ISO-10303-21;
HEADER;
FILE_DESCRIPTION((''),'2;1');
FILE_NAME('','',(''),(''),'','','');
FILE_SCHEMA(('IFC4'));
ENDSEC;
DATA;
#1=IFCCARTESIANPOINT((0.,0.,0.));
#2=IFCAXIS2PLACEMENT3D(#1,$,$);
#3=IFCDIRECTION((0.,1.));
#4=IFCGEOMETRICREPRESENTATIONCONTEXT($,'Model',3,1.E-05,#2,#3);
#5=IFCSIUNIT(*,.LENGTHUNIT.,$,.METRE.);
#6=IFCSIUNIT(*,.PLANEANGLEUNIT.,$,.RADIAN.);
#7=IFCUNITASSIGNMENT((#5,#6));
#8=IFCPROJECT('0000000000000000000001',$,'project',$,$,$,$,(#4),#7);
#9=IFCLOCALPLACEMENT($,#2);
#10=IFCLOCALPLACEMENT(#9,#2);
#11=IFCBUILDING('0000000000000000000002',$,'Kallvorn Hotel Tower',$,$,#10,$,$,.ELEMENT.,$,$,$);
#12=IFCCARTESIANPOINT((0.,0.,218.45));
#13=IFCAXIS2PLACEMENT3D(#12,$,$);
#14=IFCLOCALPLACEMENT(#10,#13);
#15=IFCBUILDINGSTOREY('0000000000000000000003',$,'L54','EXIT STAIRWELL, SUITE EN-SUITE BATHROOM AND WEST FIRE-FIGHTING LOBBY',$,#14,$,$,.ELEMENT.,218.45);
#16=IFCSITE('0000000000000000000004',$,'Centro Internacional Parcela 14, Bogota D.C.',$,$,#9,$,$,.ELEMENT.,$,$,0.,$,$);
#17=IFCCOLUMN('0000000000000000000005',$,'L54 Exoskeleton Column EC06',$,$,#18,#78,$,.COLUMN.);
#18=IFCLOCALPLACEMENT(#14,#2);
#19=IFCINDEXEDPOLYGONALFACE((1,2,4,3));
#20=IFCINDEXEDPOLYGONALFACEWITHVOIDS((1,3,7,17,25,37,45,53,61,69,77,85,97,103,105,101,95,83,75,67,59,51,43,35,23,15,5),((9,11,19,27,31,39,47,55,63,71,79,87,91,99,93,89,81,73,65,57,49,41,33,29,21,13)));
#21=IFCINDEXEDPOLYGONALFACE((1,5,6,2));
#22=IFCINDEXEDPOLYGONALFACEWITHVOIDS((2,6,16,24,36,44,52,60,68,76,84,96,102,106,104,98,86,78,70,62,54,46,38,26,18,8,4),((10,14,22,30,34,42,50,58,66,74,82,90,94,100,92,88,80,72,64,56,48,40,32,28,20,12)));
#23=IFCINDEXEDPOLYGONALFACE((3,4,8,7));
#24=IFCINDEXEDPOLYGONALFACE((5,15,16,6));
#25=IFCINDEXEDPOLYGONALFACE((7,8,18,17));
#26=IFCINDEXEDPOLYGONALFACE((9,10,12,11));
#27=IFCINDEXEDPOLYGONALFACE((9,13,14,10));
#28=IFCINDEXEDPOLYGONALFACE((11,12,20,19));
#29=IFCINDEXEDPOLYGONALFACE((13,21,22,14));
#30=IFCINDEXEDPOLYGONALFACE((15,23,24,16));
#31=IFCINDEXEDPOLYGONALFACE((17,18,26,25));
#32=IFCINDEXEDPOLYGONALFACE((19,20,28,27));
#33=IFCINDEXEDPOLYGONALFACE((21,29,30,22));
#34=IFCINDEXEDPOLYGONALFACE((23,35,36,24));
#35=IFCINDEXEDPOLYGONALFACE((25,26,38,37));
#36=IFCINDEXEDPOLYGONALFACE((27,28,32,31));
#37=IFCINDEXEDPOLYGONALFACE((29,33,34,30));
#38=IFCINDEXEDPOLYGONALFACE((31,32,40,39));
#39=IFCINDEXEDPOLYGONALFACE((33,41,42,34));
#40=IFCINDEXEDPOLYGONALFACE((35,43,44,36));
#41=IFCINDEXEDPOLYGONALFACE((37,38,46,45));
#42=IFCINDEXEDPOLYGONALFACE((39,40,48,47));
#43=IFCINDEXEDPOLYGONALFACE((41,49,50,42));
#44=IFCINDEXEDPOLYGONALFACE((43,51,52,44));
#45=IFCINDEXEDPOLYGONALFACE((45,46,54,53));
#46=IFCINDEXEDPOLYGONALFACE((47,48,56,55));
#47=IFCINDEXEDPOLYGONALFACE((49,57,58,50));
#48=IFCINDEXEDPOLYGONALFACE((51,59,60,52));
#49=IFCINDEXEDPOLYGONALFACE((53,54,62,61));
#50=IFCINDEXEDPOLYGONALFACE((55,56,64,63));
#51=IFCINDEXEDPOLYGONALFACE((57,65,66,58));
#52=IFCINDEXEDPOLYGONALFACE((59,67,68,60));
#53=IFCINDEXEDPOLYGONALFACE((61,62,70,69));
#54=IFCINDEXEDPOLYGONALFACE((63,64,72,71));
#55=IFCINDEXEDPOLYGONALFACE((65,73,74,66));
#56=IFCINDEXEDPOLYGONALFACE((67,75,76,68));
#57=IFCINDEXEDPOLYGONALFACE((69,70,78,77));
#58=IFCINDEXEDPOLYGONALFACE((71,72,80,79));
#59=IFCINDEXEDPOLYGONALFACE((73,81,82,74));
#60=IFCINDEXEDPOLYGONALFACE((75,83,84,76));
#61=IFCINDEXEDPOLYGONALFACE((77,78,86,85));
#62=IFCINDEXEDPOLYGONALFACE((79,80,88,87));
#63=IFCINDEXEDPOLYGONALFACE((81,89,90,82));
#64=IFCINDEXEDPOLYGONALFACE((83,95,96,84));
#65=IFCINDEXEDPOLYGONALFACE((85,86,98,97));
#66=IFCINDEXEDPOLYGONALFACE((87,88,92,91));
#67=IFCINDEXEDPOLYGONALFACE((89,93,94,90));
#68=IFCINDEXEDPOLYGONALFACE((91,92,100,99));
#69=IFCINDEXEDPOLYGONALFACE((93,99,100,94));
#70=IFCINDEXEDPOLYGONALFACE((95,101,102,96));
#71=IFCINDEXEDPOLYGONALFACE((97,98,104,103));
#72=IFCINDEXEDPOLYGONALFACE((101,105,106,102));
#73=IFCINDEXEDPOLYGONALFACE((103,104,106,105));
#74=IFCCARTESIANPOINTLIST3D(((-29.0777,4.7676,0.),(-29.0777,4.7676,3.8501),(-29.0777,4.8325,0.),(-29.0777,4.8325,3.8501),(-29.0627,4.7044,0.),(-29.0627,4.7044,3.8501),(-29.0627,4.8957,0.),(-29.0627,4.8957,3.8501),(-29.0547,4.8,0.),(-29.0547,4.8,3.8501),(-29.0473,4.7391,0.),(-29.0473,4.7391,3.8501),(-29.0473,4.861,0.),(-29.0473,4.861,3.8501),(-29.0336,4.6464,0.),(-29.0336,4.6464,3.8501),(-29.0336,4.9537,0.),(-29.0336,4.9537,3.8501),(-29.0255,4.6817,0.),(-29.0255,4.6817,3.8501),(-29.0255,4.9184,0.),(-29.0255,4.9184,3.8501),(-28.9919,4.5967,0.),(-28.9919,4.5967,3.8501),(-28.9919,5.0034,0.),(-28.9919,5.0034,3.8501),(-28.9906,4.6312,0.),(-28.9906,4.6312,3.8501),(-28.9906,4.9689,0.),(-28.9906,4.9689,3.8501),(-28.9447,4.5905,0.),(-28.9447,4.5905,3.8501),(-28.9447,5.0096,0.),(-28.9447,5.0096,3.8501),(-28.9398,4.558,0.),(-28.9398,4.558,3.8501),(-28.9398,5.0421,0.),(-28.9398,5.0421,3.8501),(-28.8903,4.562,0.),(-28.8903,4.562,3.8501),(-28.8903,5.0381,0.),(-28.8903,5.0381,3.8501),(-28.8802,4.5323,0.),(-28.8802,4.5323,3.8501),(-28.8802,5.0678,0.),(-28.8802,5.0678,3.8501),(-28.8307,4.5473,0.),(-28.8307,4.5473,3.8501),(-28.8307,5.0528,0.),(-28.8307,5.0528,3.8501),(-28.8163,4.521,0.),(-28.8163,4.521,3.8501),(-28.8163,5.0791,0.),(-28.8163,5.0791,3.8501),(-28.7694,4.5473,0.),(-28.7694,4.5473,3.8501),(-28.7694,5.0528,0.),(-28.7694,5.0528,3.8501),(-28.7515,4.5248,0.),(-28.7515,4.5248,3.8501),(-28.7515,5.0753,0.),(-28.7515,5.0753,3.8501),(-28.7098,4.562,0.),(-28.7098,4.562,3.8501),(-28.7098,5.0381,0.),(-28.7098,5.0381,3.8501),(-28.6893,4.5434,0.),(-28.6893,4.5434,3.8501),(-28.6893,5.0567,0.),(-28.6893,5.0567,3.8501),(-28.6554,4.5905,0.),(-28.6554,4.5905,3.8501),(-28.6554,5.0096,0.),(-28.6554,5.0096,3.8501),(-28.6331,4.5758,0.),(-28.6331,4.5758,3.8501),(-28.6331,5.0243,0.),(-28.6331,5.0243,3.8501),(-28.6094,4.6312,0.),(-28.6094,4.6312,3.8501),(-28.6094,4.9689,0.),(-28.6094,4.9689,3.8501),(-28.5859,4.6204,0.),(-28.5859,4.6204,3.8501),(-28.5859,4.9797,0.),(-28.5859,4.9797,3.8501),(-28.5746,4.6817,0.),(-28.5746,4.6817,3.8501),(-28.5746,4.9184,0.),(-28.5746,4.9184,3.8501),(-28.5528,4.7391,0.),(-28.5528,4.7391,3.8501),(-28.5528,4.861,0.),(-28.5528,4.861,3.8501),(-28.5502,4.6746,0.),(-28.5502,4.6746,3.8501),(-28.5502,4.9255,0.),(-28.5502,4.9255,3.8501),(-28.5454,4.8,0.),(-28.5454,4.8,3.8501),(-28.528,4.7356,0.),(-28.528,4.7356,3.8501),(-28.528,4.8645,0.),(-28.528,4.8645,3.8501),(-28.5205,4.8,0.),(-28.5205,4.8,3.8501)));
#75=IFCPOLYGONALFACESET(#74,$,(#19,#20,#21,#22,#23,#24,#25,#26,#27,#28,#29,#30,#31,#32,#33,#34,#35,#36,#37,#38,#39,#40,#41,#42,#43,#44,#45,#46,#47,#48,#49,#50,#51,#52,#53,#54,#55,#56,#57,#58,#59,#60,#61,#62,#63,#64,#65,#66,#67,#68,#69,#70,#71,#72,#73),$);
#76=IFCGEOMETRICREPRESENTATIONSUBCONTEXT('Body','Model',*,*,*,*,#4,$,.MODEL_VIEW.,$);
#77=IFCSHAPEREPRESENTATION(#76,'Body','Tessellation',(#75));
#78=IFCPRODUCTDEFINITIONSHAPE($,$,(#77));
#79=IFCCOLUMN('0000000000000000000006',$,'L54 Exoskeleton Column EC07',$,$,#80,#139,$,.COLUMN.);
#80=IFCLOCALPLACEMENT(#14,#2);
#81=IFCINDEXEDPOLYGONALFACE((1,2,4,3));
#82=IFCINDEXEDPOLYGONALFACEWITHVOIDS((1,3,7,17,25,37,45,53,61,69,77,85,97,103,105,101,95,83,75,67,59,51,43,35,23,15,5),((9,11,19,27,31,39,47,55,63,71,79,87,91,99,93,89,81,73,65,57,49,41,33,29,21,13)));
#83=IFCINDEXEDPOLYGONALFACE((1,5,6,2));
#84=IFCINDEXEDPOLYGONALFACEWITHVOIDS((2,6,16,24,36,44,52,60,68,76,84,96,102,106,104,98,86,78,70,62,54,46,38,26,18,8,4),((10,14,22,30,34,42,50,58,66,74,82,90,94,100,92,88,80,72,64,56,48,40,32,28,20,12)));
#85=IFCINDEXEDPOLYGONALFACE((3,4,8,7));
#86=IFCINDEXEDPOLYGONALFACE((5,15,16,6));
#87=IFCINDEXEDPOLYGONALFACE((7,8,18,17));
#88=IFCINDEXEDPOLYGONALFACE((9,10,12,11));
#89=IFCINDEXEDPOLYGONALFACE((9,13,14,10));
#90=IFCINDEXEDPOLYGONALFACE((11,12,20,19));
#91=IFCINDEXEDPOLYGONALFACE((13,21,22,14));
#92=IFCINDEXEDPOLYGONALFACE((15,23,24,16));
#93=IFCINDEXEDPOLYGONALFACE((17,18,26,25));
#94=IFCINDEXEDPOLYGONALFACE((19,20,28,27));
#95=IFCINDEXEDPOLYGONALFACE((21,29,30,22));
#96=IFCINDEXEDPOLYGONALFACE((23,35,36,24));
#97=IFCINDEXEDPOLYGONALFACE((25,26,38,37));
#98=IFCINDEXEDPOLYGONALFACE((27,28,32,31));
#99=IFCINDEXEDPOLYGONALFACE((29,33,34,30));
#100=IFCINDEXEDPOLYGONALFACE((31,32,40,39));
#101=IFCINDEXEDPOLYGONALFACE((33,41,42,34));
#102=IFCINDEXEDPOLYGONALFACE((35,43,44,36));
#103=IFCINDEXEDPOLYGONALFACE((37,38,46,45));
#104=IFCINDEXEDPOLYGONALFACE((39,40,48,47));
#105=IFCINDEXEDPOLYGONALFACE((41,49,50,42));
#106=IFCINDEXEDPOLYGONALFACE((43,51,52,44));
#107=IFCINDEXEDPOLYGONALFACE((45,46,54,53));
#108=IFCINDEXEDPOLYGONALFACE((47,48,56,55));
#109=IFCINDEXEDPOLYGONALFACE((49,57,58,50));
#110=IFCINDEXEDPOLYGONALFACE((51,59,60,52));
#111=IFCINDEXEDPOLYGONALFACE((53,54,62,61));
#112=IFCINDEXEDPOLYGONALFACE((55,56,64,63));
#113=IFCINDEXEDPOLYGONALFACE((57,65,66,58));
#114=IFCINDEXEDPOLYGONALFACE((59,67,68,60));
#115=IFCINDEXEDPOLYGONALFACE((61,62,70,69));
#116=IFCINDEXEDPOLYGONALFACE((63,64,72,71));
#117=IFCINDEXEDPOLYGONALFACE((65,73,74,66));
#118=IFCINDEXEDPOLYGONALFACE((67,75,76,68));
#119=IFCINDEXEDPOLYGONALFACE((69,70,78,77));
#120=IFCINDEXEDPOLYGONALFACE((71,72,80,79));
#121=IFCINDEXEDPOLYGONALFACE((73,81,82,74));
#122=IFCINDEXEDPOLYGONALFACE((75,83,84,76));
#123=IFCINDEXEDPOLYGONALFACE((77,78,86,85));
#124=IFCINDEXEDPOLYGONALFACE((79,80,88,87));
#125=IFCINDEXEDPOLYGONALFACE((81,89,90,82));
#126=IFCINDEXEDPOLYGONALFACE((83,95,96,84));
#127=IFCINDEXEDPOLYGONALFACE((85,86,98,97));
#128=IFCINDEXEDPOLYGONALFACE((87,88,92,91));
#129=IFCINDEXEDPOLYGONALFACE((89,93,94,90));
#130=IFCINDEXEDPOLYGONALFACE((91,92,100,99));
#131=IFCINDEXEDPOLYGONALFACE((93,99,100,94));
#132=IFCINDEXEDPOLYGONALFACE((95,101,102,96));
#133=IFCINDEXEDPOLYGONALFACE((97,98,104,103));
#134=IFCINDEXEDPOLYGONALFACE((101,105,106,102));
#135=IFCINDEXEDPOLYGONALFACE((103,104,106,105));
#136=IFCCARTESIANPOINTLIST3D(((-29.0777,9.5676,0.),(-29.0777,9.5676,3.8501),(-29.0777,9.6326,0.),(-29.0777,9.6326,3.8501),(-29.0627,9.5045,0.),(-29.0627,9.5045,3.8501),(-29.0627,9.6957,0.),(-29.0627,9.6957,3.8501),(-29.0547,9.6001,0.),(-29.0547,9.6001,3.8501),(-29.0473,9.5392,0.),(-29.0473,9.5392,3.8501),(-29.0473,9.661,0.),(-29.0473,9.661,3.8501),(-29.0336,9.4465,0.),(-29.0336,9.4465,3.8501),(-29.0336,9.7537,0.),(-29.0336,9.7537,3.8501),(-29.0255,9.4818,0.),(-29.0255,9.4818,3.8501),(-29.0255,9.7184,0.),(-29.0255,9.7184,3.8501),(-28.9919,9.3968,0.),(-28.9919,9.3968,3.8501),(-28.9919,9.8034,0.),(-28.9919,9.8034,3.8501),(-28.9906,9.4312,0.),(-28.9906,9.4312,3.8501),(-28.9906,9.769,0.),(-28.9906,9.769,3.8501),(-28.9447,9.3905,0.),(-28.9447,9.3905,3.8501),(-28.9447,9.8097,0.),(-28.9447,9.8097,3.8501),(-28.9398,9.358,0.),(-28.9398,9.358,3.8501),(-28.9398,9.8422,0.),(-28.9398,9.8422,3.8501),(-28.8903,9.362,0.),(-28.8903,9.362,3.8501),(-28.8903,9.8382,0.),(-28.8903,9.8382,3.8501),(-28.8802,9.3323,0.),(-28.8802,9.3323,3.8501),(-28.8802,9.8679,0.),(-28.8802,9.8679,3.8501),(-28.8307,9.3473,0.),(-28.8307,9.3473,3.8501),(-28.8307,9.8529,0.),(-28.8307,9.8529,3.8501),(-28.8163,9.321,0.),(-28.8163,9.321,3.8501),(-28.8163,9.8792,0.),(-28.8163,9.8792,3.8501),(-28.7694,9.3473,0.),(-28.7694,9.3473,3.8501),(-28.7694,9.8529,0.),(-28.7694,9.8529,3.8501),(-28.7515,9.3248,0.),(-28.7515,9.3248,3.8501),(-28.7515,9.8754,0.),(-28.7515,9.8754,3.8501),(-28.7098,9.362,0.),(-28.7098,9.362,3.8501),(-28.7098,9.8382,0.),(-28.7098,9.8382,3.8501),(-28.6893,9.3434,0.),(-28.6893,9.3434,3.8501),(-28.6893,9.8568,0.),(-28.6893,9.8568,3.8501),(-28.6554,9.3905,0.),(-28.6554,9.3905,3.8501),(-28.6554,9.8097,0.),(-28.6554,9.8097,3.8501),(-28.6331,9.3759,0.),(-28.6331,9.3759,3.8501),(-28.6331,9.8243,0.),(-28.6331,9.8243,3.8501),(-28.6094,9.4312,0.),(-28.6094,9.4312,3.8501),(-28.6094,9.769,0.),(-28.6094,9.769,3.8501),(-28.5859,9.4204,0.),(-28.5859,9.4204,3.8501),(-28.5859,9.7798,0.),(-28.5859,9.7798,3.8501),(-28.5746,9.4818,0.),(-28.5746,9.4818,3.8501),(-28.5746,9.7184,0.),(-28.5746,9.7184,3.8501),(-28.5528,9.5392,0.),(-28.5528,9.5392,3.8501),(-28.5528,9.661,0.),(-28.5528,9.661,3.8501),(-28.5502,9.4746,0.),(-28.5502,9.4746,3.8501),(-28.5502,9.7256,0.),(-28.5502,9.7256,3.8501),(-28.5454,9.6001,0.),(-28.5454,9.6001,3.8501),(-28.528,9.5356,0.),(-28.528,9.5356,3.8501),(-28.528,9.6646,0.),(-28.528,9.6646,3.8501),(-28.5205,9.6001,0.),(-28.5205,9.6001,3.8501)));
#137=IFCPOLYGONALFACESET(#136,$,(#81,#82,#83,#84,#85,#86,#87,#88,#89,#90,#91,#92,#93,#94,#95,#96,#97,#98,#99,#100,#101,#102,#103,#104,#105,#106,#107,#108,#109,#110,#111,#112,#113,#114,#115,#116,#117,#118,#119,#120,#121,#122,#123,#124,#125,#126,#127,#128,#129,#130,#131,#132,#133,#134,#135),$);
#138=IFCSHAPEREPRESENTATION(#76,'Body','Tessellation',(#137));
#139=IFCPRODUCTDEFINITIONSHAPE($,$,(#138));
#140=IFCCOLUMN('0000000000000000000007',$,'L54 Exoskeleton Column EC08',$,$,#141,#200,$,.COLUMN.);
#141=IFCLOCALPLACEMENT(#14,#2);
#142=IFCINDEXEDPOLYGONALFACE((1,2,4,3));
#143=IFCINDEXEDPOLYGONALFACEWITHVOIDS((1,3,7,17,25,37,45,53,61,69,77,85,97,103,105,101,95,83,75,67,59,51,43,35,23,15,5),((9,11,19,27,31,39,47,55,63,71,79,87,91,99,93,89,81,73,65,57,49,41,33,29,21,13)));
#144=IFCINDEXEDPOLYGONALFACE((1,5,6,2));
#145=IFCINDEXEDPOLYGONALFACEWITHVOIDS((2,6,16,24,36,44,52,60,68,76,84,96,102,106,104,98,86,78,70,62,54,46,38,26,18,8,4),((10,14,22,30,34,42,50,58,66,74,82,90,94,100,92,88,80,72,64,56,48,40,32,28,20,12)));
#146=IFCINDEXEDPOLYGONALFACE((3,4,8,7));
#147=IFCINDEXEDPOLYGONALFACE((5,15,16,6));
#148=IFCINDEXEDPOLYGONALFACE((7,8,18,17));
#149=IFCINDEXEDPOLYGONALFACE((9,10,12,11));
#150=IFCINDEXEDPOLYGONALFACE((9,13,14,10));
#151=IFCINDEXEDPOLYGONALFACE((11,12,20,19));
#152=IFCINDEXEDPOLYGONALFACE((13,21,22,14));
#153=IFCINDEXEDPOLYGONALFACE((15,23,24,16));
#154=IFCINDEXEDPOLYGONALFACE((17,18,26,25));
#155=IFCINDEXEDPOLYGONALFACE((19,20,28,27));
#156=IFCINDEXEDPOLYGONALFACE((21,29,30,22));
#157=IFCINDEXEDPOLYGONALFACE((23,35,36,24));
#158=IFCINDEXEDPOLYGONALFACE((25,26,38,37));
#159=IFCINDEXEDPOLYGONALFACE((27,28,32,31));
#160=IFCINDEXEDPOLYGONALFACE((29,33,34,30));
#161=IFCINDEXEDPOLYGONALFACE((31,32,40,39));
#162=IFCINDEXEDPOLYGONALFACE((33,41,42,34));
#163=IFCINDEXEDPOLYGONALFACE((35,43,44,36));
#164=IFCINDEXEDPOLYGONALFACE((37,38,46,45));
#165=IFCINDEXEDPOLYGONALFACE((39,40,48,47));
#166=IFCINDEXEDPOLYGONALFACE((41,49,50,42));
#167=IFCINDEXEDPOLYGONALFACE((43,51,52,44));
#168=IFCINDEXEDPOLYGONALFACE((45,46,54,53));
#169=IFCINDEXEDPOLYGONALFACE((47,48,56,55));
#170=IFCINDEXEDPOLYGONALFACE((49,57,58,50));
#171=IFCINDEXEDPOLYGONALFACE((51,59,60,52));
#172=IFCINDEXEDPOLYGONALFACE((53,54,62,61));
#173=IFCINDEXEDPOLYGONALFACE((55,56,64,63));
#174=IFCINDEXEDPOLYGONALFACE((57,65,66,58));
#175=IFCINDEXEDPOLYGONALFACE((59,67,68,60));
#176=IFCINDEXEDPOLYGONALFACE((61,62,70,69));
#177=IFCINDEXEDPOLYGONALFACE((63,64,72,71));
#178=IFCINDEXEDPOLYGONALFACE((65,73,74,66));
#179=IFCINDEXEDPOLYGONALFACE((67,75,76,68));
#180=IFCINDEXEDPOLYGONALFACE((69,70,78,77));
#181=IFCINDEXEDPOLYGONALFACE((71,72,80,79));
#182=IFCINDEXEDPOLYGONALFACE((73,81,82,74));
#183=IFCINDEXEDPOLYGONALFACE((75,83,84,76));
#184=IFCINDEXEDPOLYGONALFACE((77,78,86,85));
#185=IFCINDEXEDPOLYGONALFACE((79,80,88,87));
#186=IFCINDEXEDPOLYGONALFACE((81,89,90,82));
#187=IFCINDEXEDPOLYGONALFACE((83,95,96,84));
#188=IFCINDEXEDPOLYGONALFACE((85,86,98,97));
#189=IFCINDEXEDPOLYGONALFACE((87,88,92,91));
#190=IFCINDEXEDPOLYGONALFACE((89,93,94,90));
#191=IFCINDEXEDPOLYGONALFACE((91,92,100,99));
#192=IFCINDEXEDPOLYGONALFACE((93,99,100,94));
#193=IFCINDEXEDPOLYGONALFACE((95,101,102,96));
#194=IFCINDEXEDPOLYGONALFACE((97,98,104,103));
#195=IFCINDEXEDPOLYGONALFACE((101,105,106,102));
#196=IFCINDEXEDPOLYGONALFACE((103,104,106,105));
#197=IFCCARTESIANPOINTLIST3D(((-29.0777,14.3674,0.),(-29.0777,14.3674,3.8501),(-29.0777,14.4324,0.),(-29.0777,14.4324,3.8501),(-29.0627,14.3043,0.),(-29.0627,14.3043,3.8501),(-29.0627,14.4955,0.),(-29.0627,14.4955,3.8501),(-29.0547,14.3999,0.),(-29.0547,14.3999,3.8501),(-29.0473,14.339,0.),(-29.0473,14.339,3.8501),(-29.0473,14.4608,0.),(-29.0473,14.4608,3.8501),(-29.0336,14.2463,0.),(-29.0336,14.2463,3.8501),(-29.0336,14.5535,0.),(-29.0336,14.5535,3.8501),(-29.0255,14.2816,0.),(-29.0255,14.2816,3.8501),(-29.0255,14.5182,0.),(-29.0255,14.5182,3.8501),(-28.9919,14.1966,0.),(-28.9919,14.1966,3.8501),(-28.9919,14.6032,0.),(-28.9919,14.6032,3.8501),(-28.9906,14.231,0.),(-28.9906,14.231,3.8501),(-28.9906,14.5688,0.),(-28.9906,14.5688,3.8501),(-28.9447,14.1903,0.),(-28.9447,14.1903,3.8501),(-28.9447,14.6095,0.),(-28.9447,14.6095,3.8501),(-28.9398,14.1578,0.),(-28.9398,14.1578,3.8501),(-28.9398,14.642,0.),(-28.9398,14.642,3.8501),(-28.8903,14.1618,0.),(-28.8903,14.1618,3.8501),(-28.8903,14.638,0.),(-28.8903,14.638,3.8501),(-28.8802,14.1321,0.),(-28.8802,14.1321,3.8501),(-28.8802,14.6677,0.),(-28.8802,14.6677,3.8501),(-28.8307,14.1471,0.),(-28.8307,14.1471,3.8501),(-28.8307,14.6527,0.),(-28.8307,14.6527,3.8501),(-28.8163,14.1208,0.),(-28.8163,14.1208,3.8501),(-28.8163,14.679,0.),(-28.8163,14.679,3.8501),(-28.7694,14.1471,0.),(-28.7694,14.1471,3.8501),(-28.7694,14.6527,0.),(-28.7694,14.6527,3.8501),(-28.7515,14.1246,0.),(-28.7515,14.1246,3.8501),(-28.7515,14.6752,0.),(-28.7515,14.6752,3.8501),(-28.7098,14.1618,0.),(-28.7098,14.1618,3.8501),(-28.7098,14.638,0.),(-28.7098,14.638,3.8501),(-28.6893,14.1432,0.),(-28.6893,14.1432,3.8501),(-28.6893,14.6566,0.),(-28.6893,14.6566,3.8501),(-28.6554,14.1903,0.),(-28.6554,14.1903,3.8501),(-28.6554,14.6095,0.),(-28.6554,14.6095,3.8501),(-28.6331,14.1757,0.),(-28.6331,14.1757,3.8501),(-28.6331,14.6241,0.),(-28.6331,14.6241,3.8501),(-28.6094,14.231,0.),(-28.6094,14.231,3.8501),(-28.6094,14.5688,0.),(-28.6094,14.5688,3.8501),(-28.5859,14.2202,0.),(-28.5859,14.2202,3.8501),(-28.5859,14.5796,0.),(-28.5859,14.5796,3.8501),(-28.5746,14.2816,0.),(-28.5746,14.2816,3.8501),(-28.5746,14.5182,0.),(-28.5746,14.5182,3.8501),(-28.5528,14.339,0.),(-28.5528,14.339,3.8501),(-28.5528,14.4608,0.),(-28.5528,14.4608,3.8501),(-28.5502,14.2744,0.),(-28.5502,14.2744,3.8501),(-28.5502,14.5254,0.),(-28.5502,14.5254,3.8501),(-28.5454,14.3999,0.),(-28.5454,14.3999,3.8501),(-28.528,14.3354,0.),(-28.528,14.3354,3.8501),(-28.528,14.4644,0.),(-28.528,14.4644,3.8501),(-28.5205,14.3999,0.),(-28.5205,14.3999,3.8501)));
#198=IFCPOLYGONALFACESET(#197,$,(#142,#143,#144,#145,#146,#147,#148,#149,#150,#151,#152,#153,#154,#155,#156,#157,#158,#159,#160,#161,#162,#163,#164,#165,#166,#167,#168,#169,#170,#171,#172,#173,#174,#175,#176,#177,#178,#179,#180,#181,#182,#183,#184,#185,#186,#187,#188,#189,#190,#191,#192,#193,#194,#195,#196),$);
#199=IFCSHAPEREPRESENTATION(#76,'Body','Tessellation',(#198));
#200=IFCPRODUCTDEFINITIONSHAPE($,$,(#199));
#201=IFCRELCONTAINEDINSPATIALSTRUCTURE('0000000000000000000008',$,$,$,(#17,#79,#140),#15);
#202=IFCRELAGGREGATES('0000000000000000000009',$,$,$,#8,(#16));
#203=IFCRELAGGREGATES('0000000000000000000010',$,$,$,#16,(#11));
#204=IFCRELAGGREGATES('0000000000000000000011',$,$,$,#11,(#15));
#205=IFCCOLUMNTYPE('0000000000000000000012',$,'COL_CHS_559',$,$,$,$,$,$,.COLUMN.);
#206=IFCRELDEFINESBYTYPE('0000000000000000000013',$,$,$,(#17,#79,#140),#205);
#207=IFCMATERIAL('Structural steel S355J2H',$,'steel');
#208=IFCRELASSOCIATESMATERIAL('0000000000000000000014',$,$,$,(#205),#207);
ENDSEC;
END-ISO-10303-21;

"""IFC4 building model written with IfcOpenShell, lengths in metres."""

from ifc_helpers import new_model, si_unit, direction, frame, origin, origin_2d, place, context, subcontext, project, spatial, hollow_circle, extrude, material, material_profile, profile_set, type_object, element, save


model = new_model("IFC4")

# Units and contexts
model_context = context("Model", 3, precision=1e-05, world=origin(), true_north=direction((0.0, 1.0)))
body_context = subcontext(model_context, "Body", "Model", "MODEL_VIEW")
ifc_project = project(units=[si_unit("LENGTHUNIT", "METRE"), si_unit("PLANEANGLEUNIT", "RADIAN")], contexts=[model_context])

# Site, building, storey
site_placement = place(None, origin())
site = spatial("IfcSite", under=ifc_project, at=site_placement, Name="Centro Internacional Parcela 14, Bogota D.C.", CompositionType="ELEMENT", RefElevation=0.0)
building_placement = place(site_placement, origin())
building = spatial("IfcBuilding", under=site, at=building_placement, Name="Kallvorn Hotel Tower", CompositionType="ELEMENT")
storey_placement = place(building_placement, frame((0.0, 0.0, 218.45)))
storey = spatial("IfcBuildingStorey", under=building, at=storey_placement, Name="L54", Description="EXIT STAIRWELL, SUITE EN-SUITE BATHROOM AND WEST FIRE-FIGHTING LOBBY", CompositionType="ELEMENT", Elevation=218.45)

# Columns
ifc_material_1 = material(Name="Structural steel S355J2H", Category="steel")
ifc_material_profile_1 = material_profile(ifc_material_1, hollow_circle(Radius=0.2795, WallThickness=0.0249, at=origin_2d()), Name="CHS 559x25")
ifc_profile_set_1 = profile_set([ifc_material_profile_1], Name="Structural steel S355J2H")
column_type_1 = type_object("IfcColumnType", Name="COL_CHS_559", PredefinedType="COLUMN", material=ifc_profile_set_1)
for number, where, z_axis, x_axis, name in (
    (1, (-28.8, 4.8, 0.0), (0.0, 0.0, 1.0), (1.0, 0.0, 0.0), "L54 Exoskeleton Column EC06"),
    (2, (-28.8, 9.6001, 0.0), (0.0, 0.0, 1.0), (1.0, 0.0, 0.0), "L54 Exoskeleton Column EC07"),
    (3, (-28.8, 14.3999, 0.0), (0.0, 0.0, 1.0), (1.0, 0.0, 0.0), "L54 Exoskeleton Column EC08"),
):
    element("IfcColumn", number, at=place(storey_placement, frame(where, z_axis=z_axis, x_axis=x_axis)), inside=storey, type_object=column_type_1, Name=name, PredefinedType="COLUMN", context=body_context, shape_type="SweptSolid", body=[
        extrude(hollow_circle(Radius=0.2795, WallThickness=0.0249, at=origin_2d()), origin(), (0.0, 0.0, 1.0), 3.8501),
    ])

save(model, "model.ifc")
